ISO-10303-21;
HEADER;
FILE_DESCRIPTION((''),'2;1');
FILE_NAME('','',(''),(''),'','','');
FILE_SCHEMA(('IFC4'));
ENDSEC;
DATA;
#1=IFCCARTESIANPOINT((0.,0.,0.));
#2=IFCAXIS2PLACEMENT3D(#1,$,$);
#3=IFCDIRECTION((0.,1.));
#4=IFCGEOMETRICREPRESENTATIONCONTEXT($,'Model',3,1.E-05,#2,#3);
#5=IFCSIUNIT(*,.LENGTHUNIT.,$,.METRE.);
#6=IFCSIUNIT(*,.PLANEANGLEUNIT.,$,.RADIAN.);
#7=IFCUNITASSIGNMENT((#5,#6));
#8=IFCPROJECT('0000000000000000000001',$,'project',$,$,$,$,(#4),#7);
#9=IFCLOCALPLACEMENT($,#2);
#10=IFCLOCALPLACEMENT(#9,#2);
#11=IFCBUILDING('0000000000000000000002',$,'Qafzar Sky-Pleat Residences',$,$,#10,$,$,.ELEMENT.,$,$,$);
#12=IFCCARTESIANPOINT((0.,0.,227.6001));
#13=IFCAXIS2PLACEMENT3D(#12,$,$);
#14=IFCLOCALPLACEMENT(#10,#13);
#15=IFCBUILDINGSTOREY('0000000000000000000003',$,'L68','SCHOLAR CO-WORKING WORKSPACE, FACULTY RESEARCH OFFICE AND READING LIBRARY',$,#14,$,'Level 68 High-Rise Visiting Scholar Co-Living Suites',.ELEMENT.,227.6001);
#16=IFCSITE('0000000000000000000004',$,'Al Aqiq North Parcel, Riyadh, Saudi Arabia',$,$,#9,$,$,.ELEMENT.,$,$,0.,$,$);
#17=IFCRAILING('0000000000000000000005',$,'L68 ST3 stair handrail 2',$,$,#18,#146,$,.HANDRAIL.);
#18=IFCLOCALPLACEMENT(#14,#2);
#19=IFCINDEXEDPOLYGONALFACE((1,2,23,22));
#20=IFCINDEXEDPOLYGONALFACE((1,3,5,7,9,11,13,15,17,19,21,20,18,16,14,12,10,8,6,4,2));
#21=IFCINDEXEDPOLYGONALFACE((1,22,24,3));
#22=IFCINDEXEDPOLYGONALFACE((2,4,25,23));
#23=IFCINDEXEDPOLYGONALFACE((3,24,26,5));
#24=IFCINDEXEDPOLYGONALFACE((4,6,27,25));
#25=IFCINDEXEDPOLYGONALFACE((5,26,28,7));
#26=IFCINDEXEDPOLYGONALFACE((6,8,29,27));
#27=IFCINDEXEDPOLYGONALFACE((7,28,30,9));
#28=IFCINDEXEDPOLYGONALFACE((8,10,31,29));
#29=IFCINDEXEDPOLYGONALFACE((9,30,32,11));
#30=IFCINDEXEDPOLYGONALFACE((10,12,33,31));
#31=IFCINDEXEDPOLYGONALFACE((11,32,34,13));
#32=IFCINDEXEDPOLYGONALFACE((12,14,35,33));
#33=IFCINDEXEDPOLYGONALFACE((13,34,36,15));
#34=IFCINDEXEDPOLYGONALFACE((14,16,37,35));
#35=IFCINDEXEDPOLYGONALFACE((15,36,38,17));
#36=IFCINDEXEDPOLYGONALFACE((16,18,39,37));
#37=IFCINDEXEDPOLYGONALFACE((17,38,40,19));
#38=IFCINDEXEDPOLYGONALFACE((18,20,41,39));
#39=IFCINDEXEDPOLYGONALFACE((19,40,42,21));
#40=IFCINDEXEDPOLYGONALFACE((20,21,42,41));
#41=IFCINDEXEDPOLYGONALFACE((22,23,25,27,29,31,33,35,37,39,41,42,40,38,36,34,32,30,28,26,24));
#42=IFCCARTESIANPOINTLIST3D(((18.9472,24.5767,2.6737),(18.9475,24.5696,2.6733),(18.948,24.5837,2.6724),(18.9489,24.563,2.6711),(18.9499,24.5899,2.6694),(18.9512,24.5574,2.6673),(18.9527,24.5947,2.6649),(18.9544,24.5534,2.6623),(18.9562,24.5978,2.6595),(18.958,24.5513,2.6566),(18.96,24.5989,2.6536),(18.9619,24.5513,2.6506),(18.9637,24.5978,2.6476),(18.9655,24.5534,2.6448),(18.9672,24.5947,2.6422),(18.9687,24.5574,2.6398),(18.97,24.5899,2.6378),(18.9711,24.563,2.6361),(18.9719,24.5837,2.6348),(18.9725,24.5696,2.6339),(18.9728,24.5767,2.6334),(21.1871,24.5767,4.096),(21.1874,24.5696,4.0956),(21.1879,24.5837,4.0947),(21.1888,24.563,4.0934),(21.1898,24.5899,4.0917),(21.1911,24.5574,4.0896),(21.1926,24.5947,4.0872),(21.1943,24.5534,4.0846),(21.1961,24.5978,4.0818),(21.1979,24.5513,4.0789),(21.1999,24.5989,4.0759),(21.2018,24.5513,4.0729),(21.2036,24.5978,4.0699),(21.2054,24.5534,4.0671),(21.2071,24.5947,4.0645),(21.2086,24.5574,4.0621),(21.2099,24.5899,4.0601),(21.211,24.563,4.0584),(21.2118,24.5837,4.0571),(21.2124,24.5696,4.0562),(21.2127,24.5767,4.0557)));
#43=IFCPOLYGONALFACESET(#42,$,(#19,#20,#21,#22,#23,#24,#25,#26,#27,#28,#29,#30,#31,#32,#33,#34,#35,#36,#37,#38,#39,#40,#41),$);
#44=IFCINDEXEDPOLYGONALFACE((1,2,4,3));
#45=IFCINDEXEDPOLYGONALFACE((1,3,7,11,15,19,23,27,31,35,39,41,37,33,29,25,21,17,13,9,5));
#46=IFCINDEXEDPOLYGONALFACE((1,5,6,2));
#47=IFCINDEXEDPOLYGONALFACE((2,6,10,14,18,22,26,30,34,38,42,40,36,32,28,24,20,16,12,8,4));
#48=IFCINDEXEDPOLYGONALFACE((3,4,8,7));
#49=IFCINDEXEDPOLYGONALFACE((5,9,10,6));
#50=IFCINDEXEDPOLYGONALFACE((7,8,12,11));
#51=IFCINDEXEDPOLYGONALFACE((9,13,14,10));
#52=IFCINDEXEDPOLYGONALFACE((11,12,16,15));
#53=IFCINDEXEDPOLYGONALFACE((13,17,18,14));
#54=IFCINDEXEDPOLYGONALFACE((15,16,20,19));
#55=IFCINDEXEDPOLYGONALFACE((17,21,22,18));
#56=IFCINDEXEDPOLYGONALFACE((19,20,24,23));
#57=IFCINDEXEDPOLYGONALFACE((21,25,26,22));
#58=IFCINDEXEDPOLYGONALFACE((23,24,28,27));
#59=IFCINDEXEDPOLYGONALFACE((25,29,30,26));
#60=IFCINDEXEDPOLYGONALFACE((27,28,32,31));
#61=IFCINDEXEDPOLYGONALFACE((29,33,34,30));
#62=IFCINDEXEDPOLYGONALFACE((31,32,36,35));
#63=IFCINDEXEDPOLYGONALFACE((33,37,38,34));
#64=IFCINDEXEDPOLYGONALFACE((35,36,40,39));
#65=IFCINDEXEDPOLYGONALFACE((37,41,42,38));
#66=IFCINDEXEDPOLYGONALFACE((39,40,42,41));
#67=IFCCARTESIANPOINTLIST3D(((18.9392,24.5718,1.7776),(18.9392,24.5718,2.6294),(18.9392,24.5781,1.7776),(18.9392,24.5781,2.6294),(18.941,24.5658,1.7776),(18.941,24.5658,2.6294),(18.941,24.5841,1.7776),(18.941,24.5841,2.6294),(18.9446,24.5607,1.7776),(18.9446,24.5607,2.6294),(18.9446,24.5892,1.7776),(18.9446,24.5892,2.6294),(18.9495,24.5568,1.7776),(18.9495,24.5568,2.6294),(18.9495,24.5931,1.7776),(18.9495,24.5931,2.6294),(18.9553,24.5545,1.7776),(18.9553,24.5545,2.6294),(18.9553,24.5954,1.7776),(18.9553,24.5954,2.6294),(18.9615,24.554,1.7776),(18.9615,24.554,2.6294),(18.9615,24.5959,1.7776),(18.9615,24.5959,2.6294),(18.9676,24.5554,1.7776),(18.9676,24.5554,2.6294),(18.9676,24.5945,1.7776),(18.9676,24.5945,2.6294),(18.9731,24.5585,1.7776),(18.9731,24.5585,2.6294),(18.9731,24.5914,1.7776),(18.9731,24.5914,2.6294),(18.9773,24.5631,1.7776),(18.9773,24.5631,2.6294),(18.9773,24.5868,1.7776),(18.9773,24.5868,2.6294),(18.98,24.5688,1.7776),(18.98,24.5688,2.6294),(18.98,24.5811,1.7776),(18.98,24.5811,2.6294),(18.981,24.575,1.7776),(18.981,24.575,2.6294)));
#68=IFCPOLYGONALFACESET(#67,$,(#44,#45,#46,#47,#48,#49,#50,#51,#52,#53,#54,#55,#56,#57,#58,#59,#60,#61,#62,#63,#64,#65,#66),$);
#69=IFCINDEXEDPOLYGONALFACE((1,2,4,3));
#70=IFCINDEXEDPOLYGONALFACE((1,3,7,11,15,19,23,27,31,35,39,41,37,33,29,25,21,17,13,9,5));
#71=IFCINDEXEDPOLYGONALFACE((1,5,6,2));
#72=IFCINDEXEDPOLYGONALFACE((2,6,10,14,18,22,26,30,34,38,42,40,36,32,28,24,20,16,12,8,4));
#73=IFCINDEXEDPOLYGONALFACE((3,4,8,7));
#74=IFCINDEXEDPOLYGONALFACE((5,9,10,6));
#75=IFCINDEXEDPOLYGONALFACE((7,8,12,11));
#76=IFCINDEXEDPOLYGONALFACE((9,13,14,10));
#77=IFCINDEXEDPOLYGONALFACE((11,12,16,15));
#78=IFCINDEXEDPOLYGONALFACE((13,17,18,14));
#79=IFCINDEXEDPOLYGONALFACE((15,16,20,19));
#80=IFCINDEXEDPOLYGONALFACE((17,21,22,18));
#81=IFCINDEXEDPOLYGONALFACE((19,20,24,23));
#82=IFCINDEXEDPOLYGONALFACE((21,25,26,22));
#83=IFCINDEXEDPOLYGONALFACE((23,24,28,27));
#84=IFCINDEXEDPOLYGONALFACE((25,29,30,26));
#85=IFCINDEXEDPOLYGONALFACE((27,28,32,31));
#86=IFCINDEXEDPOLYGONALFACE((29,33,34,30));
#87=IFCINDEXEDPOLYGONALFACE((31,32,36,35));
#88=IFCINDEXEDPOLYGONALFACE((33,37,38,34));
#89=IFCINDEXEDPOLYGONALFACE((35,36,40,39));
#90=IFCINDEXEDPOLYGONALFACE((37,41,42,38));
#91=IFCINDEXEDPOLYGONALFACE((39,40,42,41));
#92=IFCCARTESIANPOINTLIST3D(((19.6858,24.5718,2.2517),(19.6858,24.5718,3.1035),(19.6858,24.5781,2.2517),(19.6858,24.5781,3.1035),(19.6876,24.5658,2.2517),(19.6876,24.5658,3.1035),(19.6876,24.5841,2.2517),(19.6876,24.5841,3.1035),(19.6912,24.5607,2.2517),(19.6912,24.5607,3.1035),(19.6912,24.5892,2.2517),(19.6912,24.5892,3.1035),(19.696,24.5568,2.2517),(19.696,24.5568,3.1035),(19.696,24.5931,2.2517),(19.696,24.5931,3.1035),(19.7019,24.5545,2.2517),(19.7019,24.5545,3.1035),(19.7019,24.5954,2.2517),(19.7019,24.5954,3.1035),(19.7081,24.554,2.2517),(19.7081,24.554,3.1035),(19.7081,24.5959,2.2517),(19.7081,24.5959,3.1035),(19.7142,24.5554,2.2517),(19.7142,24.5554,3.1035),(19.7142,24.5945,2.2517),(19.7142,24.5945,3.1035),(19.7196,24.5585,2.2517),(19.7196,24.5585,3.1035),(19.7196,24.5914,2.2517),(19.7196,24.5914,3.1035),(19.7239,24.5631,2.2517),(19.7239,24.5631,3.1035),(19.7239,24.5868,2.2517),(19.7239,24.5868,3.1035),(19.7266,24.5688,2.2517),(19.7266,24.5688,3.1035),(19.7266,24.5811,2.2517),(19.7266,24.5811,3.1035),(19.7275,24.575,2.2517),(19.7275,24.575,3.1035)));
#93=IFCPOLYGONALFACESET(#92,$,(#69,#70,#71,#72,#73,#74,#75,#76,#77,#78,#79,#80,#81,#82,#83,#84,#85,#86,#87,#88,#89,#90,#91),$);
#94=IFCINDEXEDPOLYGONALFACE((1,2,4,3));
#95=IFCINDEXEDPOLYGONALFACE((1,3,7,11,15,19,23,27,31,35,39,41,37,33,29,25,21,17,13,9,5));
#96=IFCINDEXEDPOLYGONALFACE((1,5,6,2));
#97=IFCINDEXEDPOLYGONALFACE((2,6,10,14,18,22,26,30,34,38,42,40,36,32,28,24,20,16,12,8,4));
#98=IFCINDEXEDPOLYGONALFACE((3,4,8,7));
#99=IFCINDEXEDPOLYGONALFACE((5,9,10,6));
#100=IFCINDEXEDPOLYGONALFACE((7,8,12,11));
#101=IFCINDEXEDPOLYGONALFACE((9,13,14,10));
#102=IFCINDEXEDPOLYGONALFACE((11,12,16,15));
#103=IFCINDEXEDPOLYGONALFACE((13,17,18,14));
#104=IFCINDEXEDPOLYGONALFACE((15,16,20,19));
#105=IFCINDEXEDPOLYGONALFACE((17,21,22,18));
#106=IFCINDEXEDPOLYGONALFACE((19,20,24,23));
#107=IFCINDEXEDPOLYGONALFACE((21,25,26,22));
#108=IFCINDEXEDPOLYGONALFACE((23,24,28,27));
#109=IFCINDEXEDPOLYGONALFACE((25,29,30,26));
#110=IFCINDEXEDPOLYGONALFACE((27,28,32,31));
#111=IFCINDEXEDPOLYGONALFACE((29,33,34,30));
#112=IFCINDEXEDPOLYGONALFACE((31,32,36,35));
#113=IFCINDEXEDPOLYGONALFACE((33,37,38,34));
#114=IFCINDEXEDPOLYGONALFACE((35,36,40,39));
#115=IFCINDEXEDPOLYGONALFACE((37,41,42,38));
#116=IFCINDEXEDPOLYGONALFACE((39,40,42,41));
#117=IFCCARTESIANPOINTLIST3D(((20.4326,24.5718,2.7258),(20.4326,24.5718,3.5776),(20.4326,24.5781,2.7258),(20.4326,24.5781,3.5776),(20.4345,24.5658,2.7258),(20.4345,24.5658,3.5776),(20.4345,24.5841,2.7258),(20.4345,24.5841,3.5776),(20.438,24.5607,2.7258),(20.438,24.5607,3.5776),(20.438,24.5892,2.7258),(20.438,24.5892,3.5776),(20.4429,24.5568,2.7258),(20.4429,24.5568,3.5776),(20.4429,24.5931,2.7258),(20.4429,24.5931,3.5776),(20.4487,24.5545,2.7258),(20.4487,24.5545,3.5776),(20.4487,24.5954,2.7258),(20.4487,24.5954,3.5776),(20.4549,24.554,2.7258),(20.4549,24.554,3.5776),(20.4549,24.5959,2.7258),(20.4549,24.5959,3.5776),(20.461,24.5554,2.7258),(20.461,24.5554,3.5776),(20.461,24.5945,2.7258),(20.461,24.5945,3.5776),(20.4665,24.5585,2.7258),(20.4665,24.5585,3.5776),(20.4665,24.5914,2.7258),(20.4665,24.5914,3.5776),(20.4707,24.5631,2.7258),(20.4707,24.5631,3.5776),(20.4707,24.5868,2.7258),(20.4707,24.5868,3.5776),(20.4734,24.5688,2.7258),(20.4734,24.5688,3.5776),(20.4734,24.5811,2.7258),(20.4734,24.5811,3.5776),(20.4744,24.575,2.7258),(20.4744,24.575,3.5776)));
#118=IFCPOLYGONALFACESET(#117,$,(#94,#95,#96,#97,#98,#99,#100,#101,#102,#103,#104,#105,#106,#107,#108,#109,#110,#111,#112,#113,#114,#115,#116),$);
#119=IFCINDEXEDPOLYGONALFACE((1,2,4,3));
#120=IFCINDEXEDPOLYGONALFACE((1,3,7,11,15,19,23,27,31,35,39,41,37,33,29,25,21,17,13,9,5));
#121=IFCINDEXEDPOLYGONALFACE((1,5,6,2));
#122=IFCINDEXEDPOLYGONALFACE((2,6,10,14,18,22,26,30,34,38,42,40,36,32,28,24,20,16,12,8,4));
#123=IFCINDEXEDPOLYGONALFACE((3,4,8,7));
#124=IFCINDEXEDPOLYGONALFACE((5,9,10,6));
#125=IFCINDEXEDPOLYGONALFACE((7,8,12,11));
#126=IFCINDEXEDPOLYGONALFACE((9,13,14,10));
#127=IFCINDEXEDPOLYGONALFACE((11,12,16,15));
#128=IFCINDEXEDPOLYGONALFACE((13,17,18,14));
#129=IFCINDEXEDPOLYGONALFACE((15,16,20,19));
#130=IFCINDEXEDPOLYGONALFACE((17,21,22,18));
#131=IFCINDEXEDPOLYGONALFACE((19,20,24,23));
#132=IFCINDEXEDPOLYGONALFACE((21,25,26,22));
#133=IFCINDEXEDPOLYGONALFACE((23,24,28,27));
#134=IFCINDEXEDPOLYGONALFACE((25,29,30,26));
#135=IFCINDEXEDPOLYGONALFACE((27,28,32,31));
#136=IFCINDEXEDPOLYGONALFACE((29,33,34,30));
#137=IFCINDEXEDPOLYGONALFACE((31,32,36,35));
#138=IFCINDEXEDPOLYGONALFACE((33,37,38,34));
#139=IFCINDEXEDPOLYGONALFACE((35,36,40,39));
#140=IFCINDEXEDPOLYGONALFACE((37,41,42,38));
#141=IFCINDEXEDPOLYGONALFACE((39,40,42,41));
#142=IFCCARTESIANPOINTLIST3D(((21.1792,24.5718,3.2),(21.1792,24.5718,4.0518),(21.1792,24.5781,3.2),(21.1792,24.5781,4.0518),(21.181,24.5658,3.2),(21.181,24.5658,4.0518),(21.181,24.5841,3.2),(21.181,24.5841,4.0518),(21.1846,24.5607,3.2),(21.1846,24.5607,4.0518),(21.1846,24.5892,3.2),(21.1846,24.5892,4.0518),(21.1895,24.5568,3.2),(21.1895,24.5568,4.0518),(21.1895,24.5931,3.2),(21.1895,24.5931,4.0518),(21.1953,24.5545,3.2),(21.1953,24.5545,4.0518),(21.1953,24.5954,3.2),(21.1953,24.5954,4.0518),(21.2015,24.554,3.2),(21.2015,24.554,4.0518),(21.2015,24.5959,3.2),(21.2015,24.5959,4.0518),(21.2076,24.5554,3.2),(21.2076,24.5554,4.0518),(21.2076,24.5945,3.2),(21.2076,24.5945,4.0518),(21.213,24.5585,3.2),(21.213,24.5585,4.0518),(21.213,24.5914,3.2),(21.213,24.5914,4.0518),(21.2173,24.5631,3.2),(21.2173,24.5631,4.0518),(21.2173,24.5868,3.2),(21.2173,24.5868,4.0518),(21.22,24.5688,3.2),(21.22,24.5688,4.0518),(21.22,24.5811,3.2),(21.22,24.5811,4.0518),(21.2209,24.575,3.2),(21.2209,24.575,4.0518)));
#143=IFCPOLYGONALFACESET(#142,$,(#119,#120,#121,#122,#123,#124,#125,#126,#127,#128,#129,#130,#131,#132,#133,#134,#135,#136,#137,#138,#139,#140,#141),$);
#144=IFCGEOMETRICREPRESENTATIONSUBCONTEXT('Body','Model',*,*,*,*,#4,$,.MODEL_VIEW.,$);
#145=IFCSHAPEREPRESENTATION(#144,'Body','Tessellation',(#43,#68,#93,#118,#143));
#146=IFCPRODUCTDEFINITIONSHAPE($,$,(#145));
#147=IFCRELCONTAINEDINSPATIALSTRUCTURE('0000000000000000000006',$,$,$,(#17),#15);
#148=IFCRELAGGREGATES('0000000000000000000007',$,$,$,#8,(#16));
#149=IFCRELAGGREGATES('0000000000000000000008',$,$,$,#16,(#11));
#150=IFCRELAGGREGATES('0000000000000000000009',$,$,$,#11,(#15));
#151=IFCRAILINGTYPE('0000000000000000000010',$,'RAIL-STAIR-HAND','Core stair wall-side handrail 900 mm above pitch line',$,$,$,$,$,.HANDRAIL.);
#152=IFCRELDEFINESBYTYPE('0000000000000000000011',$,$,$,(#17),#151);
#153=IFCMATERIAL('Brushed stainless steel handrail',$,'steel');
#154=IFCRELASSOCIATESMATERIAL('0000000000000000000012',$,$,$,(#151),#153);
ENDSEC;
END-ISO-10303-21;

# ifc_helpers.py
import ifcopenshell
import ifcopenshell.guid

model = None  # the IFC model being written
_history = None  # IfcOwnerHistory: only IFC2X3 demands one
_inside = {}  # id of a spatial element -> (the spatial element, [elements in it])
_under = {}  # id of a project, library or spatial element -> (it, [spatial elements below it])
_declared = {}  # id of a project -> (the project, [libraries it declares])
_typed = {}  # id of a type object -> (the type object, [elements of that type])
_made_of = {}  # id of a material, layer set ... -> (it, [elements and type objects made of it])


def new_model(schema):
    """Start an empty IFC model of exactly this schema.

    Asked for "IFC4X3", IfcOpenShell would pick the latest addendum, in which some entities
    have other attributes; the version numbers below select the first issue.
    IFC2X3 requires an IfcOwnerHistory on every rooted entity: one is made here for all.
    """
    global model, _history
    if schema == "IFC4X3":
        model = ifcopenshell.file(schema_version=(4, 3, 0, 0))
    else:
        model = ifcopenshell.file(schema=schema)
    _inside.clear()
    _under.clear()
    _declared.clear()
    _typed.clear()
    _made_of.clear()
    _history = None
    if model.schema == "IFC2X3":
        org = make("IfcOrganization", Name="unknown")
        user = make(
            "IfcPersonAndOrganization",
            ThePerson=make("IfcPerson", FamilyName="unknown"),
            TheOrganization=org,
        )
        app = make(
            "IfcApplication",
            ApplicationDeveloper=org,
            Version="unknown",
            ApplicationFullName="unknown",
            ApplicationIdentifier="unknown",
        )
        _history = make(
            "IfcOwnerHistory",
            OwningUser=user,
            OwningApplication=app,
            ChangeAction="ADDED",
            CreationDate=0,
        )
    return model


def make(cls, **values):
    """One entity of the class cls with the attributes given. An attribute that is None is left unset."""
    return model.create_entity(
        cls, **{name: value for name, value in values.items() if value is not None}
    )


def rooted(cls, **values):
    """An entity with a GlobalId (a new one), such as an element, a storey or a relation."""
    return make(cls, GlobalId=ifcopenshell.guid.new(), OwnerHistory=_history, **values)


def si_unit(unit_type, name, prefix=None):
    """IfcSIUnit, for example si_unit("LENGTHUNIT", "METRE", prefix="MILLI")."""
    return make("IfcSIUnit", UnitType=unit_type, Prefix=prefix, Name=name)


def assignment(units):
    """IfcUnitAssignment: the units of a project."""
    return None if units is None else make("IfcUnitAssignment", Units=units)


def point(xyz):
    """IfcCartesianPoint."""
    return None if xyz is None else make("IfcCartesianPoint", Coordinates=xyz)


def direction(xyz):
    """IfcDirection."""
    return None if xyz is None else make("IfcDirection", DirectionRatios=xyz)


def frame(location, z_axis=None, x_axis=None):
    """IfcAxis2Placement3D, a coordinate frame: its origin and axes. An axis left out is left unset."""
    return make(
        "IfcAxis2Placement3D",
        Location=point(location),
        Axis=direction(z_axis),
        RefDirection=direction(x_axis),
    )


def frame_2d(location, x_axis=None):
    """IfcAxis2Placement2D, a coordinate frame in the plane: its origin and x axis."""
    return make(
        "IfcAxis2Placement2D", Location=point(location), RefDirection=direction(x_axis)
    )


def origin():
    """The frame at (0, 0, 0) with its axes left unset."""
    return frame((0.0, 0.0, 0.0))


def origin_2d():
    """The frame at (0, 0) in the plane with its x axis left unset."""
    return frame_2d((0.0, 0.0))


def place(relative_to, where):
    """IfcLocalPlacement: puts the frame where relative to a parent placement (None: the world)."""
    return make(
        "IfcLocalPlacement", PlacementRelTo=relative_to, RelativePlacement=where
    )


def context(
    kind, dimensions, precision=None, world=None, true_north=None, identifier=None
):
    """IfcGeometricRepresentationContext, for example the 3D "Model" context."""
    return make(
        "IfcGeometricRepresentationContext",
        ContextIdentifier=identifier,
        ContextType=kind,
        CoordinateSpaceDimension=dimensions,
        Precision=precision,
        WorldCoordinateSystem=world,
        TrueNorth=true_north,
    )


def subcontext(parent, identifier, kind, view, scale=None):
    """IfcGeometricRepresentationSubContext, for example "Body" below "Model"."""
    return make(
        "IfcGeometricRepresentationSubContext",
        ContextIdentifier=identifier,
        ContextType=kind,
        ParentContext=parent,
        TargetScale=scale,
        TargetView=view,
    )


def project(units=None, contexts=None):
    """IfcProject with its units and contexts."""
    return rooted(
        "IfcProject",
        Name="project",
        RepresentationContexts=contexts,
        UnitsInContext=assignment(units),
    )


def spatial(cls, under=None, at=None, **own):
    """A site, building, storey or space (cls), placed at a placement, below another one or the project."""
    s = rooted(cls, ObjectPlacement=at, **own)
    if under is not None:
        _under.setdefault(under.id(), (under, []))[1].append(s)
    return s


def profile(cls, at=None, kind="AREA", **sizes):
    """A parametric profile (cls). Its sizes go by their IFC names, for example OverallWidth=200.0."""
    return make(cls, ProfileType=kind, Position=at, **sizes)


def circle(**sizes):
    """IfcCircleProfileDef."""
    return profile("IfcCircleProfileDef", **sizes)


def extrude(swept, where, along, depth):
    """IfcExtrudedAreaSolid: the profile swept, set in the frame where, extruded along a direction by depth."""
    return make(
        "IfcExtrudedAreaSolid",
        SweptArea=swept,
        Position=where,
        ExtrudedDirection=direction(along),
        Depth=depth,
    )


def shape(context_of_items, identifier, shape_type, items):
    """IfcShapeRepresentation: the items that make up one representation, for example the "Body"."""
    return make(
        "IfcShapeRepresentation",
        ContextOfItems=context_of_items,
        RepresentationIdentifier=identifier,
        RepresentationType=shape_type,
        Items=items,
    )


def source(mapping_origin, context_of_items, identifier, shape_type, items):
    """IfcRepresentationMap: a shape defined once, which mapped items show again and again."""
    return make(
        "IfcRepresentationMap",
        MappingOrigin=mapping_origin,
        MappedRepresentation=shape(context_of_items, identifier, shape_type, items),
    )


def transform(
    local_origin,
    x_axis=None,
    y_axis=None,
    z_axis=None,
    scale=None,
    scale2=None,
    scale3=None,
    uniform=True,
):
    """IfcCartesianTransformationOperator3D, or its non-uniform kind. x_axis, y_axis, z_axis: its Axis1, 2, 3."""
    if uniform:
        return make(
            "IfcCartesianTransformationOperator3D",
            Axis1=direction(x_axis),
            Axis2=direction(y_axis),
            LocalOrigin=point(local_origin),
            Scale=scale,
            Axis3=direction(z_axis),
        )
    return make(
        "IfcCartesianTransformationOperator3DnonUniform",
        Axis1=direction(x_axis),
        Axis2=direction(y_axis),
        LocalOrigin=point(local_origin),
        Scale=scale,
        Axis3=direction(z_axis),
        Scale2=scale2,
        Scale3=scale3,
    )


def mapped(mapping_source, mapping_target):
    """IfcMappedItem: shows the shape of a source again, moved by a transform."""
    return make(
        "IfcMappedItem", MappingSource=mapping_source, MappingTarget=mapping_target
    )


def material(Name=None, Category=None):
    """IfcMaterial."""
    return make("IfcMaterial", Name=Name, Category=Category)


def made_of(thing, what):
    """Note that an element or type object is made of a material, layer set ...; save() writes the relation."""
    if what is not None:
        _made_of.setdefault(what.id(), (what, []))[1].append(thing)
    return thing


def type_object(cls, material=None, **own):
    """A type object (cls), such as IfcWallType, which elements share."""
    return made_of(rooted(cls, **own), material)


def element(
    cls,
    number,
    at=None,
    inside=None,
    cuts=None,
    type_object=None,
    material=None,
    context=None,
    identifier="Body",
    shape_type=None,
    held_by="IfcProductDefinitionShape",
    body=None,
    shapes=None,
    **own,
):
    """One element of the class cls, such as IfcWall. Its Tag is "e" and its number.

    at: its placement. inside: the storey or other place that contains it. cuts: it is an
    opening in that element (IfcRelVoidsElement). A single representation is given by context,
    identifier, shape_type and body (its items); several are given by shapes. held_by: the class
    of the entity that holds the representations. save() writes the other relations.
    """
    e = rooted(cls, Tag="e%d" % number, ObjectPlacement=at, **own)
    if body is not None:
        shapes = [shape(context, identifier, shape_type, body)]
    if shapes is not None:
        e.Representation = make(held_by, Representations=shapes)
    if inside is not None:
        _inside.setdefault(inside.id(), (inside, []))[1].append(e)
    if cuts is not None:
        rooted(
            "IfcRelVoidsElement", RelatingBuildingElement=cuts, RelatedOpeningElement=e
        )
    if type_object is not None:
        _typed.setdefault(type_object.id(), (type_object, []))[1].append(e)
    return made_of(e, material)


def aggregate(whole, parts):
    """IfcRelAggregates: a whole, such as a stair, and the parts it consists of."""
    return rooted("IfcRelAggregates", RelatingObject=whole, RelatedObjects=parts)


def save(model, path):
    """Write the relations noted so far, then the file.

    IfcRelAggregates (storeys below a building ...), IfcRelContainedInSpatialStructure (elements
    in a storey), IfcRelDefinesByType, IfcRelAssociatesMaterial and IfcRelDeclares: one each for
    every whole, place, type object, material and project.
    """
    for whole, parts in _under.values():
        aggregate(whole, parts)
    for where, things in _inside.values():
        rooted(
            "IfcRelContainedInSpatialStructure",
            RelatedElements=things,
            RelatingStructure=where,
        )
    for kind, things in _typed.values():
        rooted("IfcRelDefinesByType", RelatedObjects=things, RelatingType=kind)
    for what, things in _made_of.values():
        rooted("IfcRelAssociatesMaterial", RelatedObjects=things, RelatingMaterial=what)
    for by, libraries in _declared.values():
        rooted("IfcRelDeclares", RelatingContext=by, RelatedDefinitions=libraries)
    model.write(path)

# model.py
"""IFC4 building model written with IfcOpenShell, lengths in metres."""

from ifc_helpers import new_model, si_unit, direction, frame, origin, origin_2d, place, context, subcontext, project, spatial, circle, extrude, source, transform, mapped, material, type_object, element, save


model = new_model("IFC4")

# Units and contexts
model_context = context("Model", 3, precision=1e-05, world=origin(), true_north=direction((0.0, 1.0)))
body_context = subcontext(model_context, "Body", "Model", "MODEL_VIEW")
ifc_project = project(units=[si_unit("LENGTHUNIT", "METRE"), si_unit("PLANEANGLEUNIT", "RADIAN")], contexts=[model_context])

# Site, building, storey
site_placement = place(None, origin())
site = spatial("IfcSite", under=ifc_project, at=site_placement, Name="Al Aqiq North Parcel, Riyadh, Saudi Arabia", CompositionType="ELEMENT", RefElevation=0.0)
building_placement = place(site_placement, origin())
building = spatial("IfcBuilding", under=site, at=building_placement, Name="Qafzar Sky-Pleat Residences", CompositionType="ELEMENT")
storey_placement = place(building_placement, frame((0.0, 0.0, 227.6001)))
storey = spatial("IfcBuildingStorey", under=building, at=storey_placement, Name="L68", Description="SCHOLAR CO-WORKING WORKSPACE, FACULTY RESEARCH OFFICE AND READING LIBRARY", LongName="Level 68 High-Rise Visiting Scholar Co-Living Suites", CompositionType="ELEMENT", Elevation=227.6001)

# Railing
ifc_material_1 = material(Name="Brushed stainless steel handrail", Category="steel")
railing_type_1 = type_object("IfcRailingType", Name="RAIL-STAIR-HAND", Description="Core stair wall-side handrail 900 mm above pitch line", PredefinedType="HANDRAIL", material=ifc_material_1)
shared_shape_1 = source(origin(), body_context, "Body", "SweptSolid", [
    extrude(circle(Radius=0.0239, at=origin_2d()), frame((0.0, 0.0, 0.876), z_axis=(0.844188, 0.0, 0.536048), x_axis=(0.0, 1.0, 0.0)), (0.0, 0.0, 1.0), 2.6533),
    extrude(circle(Radius=0.021, at=origin_2d()), origin(), (0.0, 0.0, 1.0), 0.8518),
    extrude(circle(Radius=0.021, at=origin_2d()), frame((0.7466, 0.0, 0.4741)), (0.0, 0.0, 1.0), 0.8518),
    extrude(circle(Radius=0.021, at=origin_2d()), frame((1.4934, 0.0, 0.9482)), (0.0, 0.0, 1.0), 0.8518),
    extrude(circle(Radius=0.021, at=origin_2d()), frame((2.24, 0.0, 1.4224)), (0.0, 0.0, 1.0), 0.8518),
])
railing_1_placement = place(storey_placement, frame((18.96, 24.575, 1.7776)))
element("IfcRailing", 1, at=railing_1_placement, inside=storey, type_object=railing_type_1, Name="L68 ST3 stair handrail 2", PredefinedType="HANDRAIL", context=body_context, shape_type="MappedRepresentation", body=[
    mapped(shared_shape_1, transform((0.0, 0.0, 0.0), x_axis=(1.0, 0.0, 0.0), y_axis=(0.0, 1.0, 0.0), z_axis=(0.0, 0.0, 1.0), scale=1.0)),
])

save(model, "model.ifc")
